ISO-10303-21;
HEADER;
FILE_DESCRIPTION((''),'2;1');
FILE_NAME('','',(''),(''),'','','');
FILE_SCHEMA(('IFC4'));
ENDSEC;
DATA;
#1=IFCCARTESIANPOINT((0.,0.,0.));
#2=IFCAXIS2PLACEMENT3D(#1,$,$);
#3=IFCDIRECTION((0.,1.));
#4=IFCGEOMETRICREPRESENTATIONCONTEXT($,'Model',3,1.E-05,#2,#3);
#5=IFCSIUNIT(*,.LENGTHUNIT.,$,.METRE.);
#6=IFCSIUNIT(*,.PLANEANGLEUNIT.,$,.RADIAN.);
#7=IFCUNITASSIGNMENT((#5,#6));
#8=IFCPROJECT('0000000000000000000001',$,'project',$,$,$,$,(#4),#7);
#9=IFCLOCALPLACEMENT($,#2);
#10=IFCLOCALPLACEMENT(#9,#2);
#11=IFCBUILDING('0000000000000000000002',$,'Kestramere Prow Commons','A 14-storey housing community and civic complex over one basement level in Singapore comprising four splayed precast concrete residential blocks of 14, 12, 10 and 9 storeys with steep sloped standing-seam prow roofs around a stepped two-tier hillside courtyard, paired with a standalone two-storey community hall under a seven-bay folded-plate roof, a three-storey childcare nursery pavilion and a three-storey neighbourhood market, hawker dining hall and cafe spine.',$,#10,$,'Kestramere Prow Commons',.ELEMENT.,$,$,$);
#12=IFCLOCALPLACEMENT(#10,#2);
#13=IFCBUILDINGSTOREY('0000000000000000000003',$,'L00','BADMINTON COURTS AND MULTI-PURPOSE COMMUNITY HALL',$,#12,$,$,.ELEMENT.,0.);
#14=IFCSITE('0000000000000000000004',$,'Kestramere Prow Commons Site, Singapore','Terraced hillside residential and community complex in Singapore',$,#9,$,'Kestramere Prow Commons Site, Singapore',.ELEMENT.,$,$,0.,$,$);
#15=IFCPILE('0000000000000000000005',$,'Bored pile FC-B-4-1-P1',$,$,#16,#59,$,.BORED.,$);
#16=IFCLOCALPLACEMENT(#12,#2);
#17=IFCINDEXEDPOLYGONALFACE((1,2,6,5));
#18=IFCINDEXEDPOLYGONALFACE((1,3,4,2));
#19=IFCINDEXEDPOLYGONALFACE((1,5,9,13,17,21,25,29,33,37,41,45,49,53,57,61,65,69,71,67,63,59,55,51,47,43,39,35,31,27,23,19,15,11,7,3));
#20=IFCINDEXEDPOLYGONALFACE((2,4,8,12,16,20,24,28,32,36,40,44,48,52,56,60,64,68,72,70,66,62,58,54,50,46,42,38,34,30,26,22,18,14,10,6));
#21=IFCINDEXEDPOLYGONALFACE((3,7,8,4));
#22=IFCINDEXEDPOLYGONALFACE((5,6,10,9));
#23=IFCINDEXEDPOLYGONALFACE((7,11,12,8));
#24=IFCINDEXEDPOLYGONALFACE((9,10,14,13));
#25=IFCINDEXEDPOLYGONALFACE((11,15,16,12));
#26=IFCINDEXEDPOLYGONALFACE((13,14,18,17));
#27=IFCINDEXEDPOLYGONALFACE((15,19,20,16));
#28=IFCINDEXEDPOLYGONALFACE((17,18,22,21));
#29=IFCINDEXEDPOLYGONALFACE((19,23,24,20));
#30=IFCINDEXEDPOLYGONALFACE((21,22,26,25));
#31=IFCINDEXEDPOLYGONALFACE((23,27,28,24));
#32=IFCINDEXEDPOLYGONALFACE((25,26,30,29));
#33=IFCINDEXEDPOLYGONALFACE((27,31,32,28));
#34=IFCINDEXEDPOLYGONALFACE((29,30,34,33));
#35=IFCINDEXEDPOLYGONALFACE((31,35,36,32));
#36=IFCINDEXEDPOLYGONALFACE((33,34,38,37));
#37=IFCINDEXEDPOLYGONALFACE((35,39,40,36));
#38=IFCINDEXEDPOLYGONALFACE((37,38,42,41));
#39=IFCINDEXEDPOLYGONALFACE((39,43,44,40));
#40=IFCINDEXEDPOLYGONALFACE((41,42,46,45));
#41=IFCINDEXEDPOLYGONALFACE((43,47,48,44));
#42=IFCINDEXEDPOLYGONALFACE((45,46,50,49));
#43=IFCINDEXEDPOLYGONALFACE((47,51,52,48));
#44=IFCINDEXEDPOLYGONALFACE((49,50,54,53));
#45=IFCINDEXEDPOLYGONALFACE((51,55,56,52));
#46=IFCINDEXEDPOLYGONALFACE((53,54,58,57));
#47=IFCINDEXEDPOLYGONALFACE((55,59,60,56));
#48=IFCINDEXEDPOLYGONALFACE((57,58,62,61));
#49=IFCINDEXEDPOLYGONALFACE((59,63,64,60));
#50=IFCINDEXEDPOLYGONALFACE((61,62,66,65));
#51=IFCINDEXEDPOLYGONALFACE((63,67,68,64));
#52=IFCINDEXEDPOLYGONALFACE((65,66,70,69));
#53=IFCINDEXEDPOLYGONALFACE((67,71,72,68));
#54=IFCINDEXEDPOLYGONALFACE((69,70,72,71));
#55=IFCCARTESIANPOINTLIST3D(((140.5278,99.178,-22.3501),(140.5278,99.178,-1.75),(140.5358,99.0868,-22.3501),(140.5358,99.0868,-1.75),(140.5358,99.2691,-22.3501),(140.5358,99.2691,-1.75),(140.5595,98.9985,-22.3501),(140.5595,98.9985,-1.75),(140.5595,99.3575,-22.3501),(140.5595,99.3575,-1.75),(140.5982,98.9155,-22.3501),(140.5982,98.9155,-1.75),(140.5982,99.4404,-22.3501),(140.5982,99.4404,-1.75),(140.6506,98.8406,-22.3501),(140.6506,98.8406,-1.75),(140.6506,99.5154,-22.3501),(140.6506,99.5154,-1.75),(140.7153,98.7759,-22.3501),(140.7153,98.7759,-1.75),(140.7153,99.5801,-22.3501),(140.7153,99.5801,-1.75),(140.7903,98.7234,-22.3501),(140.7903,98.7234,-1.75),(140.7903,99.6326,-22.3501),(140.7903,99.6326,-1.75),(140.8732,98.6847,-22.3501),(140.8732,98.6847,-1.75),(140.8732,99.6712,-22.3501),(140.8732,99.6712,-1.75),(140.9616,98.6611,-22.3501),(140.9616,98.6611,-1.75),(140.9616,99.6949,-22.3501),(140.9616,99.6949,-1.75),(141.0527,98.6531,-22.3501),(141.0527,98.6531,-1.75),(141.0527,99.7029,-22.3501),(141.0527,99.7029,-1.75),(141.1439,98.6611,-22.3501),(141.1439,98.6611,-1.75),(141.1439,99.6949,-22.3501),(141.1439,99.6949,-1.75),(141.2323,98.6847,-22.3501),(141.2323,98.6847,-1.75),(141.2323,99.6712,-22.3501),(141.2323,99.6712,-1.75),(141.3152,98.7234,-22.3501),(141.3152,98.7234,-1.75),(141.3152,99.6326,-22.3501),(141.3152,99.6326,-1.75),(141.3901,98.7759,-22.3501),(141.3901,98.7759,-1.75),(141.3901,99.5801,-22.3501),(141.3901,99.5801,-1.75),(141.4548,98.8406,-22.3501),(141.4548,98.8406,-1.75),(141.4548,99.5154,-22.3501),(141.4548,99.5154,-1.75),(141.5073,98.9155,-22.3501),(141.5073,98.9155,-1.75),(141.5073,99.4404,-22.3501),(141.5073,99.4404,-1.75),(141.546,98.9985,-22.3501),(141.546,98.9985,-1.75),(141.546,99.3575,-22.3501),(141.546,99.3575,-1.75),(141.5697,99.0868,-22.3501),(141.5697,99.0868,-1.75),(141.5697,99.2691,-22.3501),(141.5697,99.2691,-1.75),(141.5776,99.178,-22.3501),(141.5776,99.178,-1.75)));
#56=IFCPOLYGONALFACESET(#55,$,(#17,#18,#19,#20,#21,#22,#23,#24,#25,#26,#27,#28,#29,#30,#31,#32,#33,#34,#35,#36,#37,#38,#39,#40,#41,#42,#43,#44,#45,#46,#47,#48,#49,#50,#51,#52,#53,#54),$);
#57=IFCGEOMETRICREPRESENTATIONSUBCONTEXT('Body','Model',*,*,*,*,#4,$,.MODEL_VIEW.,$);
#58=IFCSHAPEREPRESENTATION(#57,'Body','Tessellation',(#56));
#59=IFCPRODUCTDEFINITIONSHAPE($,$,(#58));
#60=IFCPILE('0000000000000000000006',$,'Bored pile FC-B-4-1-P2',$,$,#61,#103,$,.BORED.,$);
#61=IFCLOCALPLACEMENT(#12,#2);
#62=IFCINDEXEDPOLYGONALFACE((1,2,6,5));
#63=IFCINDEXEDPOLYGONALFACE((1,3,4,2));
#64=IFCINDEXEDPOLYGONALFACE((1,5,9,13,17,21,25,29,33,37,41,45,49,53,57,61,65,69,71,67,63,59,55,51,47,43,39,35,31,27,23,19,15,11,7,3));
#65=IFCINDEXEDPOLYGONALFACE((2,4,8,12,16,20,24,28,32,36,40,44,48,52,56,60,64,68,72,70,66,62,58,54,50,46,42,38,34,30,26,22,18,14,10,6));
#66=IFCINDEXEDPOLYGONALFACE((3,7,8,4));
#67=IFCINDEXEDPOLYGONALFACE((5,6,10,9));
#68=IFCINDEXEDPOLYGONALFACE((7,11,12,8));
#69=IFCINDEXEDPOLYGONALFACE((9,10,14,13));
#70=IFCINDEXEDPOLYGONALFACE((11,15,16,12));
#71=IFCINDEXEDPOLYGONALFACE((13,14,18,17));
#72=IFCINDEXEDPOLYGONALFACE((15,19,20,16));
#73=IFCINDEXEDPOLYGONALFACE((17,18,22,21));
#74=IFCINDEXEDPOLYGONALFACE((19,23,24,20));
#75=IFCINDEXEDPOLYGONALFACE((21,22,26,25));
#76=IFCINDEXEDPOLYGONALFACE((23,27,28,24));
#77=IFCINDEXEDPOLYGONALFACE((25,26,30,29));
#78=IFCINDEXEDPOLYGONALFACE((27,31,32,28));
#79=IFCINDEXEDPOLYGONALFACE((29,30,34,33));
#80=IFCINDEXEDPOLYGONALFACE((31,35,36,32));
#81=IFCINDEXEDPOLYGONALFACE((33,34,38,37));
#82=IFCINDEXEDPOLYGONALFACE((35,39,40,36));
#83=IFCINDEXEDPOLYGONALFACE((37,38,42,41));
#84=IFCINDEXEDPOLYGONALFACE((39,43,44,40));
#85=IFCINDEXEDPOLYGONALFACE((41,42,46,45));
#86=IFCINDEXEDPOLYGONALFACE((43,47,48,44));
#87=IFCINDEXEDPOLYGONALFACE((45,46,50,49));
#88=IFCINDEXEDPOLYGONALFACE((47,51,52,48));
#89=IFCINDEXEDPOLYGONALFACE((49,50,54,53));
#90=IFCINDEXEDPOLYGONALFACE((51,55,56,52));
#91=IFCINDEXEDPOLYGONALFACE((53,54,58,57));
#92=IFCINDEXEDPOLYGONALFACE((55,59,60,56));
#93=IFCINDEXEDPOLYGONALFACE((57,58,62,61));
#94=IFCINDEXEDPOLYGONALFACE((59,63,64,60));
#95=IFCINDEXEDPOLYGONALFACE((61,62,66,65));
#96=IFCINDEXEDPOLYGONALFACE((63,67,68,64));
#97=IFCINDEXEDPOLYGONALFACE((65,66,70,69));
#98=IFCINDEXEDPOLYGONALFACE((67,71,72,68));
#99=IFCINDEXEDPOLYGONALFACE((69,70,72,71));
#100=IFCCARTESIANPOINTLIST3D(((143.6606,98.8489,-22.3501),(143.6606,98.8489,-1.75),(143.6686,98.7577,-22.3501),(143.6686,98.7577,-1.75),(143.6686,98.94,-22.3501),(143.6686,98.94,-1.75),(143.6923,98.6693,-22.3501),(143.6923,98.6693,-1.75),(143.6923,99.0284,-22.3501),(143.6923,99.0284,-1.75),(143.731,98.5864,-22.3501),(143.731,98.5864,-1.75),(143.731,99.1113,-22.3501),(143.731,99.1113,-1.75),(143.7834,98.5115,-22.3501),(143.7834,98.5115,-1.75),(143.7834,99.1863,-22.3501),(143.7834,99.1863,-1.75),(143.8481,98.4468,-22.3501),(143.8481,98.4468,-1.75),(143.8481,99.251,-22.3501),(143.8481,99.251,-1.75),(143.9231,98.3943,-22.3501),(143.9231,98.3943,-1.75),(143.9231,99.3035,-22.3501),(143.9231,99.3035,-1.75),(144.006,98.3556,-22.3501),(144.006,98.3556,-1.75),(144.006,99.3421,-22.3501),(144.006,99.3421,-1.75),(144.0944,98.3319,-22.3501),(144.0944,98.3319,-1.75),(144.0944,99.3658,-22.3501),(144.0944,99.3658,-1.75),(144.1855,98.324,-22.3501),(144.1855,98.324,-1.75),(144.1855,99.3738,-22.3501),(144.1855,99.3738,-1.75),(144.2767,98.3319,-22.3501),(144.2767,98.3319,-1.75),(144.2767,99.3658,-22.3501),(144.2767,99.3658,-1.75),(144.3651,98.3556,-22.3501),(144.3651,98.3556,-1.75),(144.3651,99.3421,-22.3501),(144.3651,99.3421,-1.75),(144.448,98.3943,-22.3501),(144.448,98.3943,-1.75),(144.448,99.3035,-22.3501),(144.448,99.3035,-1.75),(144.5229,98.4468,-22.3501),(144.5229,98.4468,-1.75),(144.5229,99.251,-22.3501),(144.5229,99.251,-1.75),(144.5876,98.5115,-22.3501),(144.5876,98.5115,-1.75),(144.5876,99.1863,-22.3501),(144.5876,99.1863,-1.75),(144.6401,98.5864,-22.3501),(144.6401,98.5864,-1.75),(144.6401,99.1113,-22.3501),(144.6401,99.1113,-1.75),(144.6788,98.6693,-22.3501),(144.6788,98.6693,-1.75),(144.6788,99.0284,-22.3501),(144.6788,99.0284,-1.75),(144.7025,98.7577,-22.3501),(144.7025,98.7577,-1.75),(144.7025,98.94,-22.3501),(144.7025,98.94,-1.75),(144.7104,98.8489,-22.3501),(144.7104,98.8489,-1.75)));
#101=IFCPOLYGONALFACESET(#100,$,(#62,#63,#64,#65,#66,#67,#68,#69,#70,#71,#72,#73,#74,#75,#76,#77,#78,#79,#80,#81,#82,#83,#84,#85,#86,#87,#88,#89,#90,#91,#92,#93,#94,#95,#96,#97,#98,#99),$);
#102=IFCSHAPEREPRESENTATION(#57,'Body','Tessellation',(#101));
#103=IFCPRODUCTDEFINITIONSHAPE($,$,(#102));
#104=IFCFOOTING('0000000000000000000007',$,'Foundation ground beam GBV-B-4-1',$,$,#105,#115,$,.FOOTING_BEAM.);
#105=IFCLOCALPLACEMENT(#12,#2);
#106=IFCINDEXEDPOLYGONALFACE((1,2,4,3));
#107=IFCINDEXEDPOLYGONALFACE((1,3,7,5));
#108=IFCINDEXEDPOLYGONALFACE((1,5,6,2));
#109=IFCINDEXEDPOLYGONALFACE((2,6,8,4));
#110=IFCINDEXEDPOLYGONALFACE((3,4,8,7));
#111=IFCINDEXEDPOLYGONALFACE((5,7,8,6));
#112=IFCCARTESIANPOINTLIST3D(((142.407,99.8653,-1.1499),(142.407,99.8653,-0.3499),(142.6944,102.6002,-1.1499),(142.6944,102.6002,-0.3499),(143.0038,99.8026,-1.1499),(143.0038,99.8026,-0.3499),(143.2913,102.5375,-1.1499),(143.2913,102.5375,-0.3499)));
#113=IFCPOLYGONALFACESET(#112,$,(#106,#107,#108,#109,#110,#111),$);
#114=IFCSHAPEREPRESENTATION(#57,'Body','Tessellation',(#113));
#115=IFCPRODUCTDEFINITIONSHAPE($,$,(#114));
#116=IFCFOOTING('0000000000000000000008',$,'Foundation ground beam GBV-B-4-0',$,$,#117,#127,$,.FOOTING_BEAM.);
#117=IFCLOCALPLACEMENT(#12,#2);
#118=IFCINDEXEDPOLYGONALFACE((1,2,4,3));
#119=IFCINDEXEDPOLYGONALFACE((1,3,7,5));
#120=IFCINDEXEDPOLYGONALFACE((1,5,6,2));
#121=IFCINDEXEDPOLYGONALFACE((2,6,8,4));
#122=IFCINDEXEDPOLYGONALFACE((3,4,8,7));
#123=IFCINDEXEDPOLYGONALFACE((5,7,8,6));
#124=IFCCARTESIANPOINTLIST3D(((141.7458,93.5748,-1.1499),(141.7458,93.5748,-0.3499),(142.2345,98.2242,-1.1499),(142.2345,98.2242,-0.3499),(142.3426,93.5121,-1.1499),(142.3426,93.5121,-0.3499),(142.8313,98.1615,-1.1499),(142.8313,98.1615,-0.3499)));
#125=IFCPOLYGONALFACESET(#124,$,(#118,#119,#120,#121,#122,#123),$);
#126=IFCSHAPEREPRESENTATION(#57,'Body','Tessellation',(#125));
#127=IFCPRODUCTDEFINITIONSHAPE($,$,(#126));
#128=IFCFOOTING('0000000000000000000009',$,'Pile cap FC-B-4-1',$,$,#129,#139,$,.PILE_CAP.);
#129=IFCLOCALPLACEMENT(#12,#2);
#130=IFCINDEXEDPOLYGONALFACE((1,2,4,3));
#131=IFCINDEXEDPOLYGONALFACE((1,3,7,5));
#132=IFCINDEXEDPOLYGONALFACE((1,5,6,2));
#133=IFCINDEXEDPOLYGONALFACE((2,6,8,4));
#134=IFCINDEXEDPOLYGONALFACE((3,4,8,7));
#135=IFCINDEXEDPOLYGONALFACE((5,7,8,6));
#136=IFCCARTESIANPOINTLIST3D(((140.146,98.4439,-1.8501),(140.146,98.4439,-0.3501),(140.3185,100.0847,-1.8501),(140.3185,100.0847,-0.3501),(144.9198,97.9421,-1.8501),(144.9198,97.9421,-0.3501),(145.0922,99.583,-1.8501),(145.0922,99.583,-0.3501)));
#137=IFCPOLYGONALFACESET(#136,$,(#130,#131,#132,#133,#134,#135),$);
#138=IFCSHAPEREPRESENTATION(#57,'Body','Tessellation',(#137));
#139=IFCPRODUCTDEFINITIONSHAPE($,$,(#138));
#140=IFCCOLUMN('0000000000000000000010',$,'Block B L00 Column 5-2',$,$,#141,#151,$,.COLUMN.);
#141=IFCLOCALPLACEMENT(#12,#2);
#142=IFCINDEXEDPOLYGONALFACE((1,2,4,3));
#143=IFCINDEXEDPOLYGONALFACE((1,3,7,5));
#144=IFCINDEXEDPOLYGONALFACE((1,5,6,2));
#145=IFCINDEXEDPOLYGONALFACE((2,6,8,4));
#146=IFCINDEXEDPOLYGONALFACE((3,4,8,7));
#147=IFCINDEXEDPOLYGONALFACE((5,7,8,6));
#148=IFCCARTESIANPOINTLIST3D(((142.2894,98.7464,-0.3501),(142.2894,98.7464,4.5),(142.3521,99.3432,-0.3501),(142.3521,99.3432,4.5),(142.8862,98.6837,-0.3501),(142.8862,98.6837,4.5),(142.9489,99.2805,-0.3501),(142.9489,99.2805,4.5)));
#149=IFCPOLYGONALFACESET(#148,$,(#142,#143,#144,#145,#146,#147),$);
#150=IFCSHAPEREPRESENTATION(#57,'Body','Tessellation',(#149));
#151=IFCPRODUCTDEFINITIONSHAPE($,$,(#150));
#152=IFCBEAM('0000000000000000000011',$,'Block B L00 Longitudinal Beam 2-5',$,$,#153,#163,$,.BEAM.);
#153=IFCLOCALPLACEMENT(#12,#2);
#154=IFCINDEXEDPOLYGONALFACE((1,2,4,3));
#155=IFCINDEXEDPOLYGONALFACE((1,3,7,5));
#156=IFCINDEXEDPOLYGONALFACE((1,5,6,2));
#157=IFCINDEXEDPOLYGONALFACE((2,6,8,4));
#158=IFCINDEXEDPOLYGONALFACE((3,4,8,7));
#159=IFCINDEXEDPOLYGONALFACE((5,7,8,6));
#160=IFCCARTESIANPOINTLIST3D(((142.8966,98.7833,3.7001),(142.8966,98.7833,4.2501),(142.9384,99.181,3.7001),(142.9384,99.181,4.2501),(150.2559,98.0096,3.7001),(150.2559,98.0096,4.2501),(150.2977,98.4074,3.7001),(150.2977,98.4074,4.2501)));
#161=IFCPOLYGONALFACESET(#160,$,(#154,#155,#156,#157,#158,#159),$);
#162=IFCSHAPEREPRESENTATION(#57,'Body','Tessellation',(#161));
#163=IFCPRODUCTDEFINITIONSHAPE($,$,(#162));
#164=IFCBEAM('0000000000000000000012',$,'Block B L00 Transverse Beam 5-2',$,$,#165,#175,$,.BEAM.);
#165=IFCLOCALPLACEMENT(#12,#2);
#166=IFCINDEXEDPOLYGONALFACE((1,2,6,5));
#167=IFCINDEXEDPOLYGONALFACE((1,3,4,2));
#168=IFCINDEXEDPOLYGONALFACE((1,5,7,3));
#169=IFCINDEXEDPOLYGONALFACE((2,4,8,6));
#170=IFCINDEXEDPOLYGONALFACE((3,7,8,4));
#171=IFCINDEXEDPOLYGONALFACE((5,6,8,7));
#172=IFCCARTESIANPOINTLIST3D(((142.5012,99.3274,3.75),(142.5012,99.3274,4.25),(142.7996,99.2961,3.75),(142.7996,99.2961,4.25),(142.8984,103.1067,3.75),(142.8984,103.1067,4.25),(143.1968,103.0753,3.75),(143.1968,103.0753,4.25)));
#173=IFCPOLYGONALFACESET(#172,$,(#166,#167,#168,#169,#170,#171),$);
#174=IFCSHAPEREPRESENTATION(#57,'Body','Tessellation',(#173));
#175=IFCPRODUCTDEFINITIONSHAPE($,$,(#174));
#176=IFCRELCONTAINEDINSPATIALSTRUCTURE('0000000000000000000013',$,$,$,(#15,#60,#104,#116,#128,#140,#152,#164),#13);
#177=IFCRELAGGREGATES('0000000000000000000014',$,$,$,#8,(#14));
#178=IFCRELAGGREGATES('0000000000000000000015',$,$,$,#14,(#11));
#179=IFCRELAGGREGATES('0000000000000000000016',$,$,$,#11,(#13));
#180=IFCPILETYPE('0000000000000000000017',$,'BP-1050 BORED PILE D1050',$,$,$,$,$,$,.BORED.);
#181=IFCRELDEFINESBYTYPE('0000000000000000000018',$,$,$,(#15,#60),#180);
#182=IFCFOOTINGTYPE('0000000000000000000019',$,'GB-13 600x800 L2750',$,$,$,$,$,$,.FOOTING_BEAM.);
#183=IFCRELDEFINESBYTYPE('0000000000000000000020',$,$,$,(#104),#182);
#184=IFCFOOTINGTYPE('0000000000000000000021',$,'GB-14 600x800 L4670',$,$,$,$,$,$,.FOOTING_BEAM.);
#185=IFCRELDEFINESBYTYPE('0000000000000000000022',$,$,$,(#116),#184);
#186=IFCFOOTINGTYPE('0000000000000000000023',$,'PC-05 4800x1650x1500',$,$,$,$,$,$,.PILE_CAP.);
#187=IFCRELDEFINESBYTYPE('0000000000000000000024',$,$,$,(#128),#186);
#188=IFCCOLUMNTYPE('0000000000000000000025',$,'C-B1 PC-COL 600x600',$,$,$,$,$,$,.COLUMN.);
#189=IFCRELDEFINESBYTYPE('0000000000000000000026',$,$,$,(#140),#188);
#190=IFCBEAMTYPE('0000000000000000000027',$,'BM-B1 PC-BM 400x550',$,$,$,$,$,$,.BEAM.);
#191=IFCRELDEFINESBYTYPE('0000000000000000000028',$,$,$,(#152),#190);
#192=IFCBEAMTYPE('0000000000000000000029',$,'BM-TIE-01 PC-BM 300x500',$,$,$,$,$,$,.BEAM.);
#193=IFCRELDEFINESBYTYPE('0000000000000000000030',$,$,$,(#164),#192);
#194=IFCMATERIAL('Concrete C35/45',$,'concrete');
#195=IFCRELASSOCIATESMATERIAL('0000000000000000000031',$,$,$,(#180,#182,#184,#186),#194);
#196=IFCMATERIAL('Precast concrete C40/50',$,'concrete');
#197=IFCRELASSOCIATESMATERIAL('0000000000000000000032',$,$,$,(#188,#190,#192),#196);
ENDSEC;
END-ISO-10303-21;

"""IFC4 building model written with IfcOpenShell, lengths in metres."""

from ifc_helpers import new_model, si_unit, direction, frame, origin, origin_2d, place, context, subcontext, project, spatial, rectangle, circle, extrude, material, material_profile, profile_set, type_object, element, save


model = new_model("IFC4")

# Units and contexts
model_context = context("Model", 3, precision=1e-05, world=origin(), true_north=direction((0.0, 1.0)))
body_context = subcontext(model_context, "Body", "Model", "MODEL_VIEW")
ifc_project = project(units=[si_unit("LENGTHUNIT", "METRE"), si_unit("PLANEANGLEUNIT", "RADIAN")], contexts=[model_context])

# Site, building, storey
site_placement = place(None, origin())
site = spatial("IfcSite", under=ifc_project, at=site_placement, Name="Kestramere Prow Commons Site, Singapore", Description="Terraced hillside residential and community complex in Singapore", LongName="Kestramere Prow Commons Site, Singapore", CompositionType="ELEMENT", RefElevation=0.0)
building_placement = place(site_placement, origin())
building = spatial("IfcBuilding", under=site, at=building_placement, Name="Kestramere Prow Commons", Description="A 14-storey housing community and civic complex over one basement level in Singapore comprising four splayed precast concrete residential blocks of 14, 12, 10 and 9 storeys with steep sloped standing-seam prow roofs around a stepped two-tier hillside courtyard, paired with a standalone two-storey community hall under a seven-bay folded-plate roof, a three-storey childcare nursery pavilion and a three-storey neighbourhood market, hawker dining hall and cafe spine.", LongName="Kestramere Prow Commons", CompositionType="ELEMENT")
storey_placement = place(building_placement, origin())
storey = spatial("IfcBuildingStorey", under=building, at=storey_placement, Name="L00", Description="BADMINTON COURTS AND MULTI-PURPOSE COMMUNITY HALL", CompositionType="ELEMENT", Elevation=0.0)

# Piles
ifc_material_1 = material(Name="Concrete C35/45", Category="concrete")
ifc_material_profile_1 = material_profile(ifc_material_1, circle(Radius=0.5249, at=origin_2d()), Name="BORED PILE D1050")
ifc_profile_set_1 = profile_set([ifc_material_profile_1], Name="Concrete C35/45")
pile_type = type_object("IfcPileType", Name="BP-1050 BORED PILE D1050", PredefinedType="BORED", material=ifc_profile_set_1)
for number, where, z_axis, x_axis, name in (
    (1, (141.0527, 99.178, -1.75), (0.0, 0.0, -1.0), (1.0, 0.0, 0.0), "Bored pile FC-B-4-1-P1"),
    (2, (144.1855, 98.8489, -1.75), (0.0, 0.0, -1.0), (1.0, 0.0, 0.0), "Bored pile FC-B-4-1-P2"),
):
    element("IfcPile", number, at=place(storey_placement, frame(where, z_axis=z_axis, x_axis=x_axis)), inside=storey, type_object=pile_type, Name=name, PredefinedType="BORED", context=body_context, shape_type="SweptSolid", body=[
        extrude(circle(Radius=0.5249, at=origin_2d()), origin(), (0.0, 0.0, 1.0), 20.6001),
    ])

# Footings
footing_type_1 = type_object("IfcFootingType", Name="GB-13 600x800 L2750", PredefinedType="FOOTING_BEAM", material=ifc_material_1)
footing_1_placement = place(storey_placement, frame((142.8491, 101.2014, -1.1499), z_axis=(0.0, 0.0, 1.0), x_axis=(0.104528, 0.994522, 0.0)))
element("IfcFooting", 3, at=footing_1_placement, inside=storey, type_object=footing_type_1, Name="Foundation ground beam GBV-B-4-1", PredefinedType="FOOTING_BEAM", context=body_context, shape_type="SweptSolid", body=[
    extrude(rectangle(XDim=2.75, YDim=0.6001, at=origin_2d()), origin(), (0.0, 0.0, 1.0), 0.8),
])
footing_type_2 = type_object("IfcFootingType", Name="GB-14 600x800 L4670", PredefinedType="FOOTING_BEAM", material=ifc_material_1)
footing_2_placement = place(storey_placement, frame((142.2886, 95.8682, -1.1499), z_axis=(0.0, 0.0, 1.0), x_axis=(0.104528, 0.994522, 0.0)))
element("IfcFooting", 4, at=footing_2_placement, inside=storey, type_object=footing_type_2, Name="Foundation ground beam GBV-B-4-0", PredefinedType="FOOTING_BEAM", context=body_context, shape_type="SweptSolid", body=[
    extrude(rectangle(XDim=4.675, YDim=0.6001, at=origin_2d()), origin(), (0.0, 0.0, 1.0), 0.8),
])
footing_type_3 = type_object("IfcFootingType", Name="PC-05 4800x1650x1500", PredefinedType="PILE_CAP", material=ifc_material_1)
footing_3_placement = place(storey_placement, frame((142.6191, 99.0134, -1.8501), z_axis=(0.0, 0.0, 1.0), x_axis=(0.994522, -0.104528, 0.0)))
element("IfcFooting", 5, at=footing_3_placement, inside=storey, type_object=footing_type_3, Name="Pile cap FC-B-4-1", PredefinedType="PILE_CAP", context=body_context, shape_type="SweptSolid", body=[
    extrude(rectangle(XDim=4.8, YDim=1.6499, at=origin_2d()), origin(), (0.0, 0.0, 1.0), 1.5),
])

# Column
ifc_material_2 = material(Name="Precast concrete C40/50", Category="concrete")
ifc_material_profile_2 = material_profile(ifc_material_2, rectangle(XDim=0.6001, YDim=0.6001, at=origin_2d()), Name="PC-COL 600x600")
ifc_profile_set_2 = profile_set([ifc_material_profile_2], Name="Precast concrete C40/50")
column_type = type_object("IfcColumnType", Name="C-B1 PC-COL 600x600", PredefinedType="COLUMN", material=ifc_profile_set_2)
column_placement = place(storey_placement, frame((142.6191, 99.0134, -0.3501), z_axis=(0.0, 0.0, 1.0), x_axis=(0.994522, -0.104528, 0.0)))
element("IfcColumn", 6, at=column_placement, inside=storey, type_object=column_type, Name="Block B L00 Column 5-2", PredefinedType="COLUMN", context=body_context, shape_type="SweptSolid", body=[
    extrude(rectangle(XDim=0.6001, YDim=0.6001, at=origin_2d()), origin(), (0.0, 0.0, 1.0), 4.8501),
])

# Beams
ifc_material_profile_3 = material_profile(ifc_material_2, rectangle(XDim=0.3999, YDim=0.55, at=origin_2d()), Name="PC-BM 400x550")
ifc_profile_set_3 = profile_set([ifc_material_profile_3], Name="Precast concrete C40/50")
beam_type_1 = type_object("IfcBeamType", Name="BM-B1 PC-BM 400x550", PredefinedType="BEAM", material=ifc_profile_set_3)
beam_1_placement = place(storey_placement, frame((142.9175, 98.9822, 3.9751), z_axis=(0.994519, -0.104553, 0.0), x_axis=(0.104553, 0.994519, 0.0)))
element("IfcBeam", 7, at=beam_1_placement, inside=storey, type_object=beam_type_1, Name="Block B L00 Longitudinal Beam 2-5", PredefinedType="BEAM", context=body_context, shape_type="SweptSolid", body=[
    extrude(rectangle(XDim=0.3999, YDim=0.55, at=origin_2d()), origin(), (0.0, 0.0, 1.0), 7.3999),
])
ifc_material_profile_4 = material_profile(ifc_material_2, rectangle(XDim=0.3, YDim=0.5, at=origin_2d()), Name="PC-BM 300x500")
ifc_profile_set_4 = profile_set([ifc_material_profile_4], Name="Precast concrete C40/50")
beam_type_2 = type_object("IfcBeamType", Name="BM-TIE-01 PC-BM 300x500", PredefinedType="BEAM", material=ifc_profile_set_4)
beam_2_placement = place(storey_placement, frame((142.6504, 99.3118, 4.0), z_axis=(0.104528, 0.994522, 0.0), x_axis=(-0.994522, 0.104528, 0.0)))
element("IfcBeam", 8, at=beam_2_placement, inside=storey, type_object=beam_type_2, Name="Block B L00 Transverse Beam 5-2", PredefinedType="BEAM", context=body_context, shape_type="SweptSolid", body=[
    extrude(rectangle(XDim=0.3, YDim=0.5, at=origin_2d()), origin(), (0.0, 0.0, 1.0), 3.8),
])

save(model, "model.ifc")
